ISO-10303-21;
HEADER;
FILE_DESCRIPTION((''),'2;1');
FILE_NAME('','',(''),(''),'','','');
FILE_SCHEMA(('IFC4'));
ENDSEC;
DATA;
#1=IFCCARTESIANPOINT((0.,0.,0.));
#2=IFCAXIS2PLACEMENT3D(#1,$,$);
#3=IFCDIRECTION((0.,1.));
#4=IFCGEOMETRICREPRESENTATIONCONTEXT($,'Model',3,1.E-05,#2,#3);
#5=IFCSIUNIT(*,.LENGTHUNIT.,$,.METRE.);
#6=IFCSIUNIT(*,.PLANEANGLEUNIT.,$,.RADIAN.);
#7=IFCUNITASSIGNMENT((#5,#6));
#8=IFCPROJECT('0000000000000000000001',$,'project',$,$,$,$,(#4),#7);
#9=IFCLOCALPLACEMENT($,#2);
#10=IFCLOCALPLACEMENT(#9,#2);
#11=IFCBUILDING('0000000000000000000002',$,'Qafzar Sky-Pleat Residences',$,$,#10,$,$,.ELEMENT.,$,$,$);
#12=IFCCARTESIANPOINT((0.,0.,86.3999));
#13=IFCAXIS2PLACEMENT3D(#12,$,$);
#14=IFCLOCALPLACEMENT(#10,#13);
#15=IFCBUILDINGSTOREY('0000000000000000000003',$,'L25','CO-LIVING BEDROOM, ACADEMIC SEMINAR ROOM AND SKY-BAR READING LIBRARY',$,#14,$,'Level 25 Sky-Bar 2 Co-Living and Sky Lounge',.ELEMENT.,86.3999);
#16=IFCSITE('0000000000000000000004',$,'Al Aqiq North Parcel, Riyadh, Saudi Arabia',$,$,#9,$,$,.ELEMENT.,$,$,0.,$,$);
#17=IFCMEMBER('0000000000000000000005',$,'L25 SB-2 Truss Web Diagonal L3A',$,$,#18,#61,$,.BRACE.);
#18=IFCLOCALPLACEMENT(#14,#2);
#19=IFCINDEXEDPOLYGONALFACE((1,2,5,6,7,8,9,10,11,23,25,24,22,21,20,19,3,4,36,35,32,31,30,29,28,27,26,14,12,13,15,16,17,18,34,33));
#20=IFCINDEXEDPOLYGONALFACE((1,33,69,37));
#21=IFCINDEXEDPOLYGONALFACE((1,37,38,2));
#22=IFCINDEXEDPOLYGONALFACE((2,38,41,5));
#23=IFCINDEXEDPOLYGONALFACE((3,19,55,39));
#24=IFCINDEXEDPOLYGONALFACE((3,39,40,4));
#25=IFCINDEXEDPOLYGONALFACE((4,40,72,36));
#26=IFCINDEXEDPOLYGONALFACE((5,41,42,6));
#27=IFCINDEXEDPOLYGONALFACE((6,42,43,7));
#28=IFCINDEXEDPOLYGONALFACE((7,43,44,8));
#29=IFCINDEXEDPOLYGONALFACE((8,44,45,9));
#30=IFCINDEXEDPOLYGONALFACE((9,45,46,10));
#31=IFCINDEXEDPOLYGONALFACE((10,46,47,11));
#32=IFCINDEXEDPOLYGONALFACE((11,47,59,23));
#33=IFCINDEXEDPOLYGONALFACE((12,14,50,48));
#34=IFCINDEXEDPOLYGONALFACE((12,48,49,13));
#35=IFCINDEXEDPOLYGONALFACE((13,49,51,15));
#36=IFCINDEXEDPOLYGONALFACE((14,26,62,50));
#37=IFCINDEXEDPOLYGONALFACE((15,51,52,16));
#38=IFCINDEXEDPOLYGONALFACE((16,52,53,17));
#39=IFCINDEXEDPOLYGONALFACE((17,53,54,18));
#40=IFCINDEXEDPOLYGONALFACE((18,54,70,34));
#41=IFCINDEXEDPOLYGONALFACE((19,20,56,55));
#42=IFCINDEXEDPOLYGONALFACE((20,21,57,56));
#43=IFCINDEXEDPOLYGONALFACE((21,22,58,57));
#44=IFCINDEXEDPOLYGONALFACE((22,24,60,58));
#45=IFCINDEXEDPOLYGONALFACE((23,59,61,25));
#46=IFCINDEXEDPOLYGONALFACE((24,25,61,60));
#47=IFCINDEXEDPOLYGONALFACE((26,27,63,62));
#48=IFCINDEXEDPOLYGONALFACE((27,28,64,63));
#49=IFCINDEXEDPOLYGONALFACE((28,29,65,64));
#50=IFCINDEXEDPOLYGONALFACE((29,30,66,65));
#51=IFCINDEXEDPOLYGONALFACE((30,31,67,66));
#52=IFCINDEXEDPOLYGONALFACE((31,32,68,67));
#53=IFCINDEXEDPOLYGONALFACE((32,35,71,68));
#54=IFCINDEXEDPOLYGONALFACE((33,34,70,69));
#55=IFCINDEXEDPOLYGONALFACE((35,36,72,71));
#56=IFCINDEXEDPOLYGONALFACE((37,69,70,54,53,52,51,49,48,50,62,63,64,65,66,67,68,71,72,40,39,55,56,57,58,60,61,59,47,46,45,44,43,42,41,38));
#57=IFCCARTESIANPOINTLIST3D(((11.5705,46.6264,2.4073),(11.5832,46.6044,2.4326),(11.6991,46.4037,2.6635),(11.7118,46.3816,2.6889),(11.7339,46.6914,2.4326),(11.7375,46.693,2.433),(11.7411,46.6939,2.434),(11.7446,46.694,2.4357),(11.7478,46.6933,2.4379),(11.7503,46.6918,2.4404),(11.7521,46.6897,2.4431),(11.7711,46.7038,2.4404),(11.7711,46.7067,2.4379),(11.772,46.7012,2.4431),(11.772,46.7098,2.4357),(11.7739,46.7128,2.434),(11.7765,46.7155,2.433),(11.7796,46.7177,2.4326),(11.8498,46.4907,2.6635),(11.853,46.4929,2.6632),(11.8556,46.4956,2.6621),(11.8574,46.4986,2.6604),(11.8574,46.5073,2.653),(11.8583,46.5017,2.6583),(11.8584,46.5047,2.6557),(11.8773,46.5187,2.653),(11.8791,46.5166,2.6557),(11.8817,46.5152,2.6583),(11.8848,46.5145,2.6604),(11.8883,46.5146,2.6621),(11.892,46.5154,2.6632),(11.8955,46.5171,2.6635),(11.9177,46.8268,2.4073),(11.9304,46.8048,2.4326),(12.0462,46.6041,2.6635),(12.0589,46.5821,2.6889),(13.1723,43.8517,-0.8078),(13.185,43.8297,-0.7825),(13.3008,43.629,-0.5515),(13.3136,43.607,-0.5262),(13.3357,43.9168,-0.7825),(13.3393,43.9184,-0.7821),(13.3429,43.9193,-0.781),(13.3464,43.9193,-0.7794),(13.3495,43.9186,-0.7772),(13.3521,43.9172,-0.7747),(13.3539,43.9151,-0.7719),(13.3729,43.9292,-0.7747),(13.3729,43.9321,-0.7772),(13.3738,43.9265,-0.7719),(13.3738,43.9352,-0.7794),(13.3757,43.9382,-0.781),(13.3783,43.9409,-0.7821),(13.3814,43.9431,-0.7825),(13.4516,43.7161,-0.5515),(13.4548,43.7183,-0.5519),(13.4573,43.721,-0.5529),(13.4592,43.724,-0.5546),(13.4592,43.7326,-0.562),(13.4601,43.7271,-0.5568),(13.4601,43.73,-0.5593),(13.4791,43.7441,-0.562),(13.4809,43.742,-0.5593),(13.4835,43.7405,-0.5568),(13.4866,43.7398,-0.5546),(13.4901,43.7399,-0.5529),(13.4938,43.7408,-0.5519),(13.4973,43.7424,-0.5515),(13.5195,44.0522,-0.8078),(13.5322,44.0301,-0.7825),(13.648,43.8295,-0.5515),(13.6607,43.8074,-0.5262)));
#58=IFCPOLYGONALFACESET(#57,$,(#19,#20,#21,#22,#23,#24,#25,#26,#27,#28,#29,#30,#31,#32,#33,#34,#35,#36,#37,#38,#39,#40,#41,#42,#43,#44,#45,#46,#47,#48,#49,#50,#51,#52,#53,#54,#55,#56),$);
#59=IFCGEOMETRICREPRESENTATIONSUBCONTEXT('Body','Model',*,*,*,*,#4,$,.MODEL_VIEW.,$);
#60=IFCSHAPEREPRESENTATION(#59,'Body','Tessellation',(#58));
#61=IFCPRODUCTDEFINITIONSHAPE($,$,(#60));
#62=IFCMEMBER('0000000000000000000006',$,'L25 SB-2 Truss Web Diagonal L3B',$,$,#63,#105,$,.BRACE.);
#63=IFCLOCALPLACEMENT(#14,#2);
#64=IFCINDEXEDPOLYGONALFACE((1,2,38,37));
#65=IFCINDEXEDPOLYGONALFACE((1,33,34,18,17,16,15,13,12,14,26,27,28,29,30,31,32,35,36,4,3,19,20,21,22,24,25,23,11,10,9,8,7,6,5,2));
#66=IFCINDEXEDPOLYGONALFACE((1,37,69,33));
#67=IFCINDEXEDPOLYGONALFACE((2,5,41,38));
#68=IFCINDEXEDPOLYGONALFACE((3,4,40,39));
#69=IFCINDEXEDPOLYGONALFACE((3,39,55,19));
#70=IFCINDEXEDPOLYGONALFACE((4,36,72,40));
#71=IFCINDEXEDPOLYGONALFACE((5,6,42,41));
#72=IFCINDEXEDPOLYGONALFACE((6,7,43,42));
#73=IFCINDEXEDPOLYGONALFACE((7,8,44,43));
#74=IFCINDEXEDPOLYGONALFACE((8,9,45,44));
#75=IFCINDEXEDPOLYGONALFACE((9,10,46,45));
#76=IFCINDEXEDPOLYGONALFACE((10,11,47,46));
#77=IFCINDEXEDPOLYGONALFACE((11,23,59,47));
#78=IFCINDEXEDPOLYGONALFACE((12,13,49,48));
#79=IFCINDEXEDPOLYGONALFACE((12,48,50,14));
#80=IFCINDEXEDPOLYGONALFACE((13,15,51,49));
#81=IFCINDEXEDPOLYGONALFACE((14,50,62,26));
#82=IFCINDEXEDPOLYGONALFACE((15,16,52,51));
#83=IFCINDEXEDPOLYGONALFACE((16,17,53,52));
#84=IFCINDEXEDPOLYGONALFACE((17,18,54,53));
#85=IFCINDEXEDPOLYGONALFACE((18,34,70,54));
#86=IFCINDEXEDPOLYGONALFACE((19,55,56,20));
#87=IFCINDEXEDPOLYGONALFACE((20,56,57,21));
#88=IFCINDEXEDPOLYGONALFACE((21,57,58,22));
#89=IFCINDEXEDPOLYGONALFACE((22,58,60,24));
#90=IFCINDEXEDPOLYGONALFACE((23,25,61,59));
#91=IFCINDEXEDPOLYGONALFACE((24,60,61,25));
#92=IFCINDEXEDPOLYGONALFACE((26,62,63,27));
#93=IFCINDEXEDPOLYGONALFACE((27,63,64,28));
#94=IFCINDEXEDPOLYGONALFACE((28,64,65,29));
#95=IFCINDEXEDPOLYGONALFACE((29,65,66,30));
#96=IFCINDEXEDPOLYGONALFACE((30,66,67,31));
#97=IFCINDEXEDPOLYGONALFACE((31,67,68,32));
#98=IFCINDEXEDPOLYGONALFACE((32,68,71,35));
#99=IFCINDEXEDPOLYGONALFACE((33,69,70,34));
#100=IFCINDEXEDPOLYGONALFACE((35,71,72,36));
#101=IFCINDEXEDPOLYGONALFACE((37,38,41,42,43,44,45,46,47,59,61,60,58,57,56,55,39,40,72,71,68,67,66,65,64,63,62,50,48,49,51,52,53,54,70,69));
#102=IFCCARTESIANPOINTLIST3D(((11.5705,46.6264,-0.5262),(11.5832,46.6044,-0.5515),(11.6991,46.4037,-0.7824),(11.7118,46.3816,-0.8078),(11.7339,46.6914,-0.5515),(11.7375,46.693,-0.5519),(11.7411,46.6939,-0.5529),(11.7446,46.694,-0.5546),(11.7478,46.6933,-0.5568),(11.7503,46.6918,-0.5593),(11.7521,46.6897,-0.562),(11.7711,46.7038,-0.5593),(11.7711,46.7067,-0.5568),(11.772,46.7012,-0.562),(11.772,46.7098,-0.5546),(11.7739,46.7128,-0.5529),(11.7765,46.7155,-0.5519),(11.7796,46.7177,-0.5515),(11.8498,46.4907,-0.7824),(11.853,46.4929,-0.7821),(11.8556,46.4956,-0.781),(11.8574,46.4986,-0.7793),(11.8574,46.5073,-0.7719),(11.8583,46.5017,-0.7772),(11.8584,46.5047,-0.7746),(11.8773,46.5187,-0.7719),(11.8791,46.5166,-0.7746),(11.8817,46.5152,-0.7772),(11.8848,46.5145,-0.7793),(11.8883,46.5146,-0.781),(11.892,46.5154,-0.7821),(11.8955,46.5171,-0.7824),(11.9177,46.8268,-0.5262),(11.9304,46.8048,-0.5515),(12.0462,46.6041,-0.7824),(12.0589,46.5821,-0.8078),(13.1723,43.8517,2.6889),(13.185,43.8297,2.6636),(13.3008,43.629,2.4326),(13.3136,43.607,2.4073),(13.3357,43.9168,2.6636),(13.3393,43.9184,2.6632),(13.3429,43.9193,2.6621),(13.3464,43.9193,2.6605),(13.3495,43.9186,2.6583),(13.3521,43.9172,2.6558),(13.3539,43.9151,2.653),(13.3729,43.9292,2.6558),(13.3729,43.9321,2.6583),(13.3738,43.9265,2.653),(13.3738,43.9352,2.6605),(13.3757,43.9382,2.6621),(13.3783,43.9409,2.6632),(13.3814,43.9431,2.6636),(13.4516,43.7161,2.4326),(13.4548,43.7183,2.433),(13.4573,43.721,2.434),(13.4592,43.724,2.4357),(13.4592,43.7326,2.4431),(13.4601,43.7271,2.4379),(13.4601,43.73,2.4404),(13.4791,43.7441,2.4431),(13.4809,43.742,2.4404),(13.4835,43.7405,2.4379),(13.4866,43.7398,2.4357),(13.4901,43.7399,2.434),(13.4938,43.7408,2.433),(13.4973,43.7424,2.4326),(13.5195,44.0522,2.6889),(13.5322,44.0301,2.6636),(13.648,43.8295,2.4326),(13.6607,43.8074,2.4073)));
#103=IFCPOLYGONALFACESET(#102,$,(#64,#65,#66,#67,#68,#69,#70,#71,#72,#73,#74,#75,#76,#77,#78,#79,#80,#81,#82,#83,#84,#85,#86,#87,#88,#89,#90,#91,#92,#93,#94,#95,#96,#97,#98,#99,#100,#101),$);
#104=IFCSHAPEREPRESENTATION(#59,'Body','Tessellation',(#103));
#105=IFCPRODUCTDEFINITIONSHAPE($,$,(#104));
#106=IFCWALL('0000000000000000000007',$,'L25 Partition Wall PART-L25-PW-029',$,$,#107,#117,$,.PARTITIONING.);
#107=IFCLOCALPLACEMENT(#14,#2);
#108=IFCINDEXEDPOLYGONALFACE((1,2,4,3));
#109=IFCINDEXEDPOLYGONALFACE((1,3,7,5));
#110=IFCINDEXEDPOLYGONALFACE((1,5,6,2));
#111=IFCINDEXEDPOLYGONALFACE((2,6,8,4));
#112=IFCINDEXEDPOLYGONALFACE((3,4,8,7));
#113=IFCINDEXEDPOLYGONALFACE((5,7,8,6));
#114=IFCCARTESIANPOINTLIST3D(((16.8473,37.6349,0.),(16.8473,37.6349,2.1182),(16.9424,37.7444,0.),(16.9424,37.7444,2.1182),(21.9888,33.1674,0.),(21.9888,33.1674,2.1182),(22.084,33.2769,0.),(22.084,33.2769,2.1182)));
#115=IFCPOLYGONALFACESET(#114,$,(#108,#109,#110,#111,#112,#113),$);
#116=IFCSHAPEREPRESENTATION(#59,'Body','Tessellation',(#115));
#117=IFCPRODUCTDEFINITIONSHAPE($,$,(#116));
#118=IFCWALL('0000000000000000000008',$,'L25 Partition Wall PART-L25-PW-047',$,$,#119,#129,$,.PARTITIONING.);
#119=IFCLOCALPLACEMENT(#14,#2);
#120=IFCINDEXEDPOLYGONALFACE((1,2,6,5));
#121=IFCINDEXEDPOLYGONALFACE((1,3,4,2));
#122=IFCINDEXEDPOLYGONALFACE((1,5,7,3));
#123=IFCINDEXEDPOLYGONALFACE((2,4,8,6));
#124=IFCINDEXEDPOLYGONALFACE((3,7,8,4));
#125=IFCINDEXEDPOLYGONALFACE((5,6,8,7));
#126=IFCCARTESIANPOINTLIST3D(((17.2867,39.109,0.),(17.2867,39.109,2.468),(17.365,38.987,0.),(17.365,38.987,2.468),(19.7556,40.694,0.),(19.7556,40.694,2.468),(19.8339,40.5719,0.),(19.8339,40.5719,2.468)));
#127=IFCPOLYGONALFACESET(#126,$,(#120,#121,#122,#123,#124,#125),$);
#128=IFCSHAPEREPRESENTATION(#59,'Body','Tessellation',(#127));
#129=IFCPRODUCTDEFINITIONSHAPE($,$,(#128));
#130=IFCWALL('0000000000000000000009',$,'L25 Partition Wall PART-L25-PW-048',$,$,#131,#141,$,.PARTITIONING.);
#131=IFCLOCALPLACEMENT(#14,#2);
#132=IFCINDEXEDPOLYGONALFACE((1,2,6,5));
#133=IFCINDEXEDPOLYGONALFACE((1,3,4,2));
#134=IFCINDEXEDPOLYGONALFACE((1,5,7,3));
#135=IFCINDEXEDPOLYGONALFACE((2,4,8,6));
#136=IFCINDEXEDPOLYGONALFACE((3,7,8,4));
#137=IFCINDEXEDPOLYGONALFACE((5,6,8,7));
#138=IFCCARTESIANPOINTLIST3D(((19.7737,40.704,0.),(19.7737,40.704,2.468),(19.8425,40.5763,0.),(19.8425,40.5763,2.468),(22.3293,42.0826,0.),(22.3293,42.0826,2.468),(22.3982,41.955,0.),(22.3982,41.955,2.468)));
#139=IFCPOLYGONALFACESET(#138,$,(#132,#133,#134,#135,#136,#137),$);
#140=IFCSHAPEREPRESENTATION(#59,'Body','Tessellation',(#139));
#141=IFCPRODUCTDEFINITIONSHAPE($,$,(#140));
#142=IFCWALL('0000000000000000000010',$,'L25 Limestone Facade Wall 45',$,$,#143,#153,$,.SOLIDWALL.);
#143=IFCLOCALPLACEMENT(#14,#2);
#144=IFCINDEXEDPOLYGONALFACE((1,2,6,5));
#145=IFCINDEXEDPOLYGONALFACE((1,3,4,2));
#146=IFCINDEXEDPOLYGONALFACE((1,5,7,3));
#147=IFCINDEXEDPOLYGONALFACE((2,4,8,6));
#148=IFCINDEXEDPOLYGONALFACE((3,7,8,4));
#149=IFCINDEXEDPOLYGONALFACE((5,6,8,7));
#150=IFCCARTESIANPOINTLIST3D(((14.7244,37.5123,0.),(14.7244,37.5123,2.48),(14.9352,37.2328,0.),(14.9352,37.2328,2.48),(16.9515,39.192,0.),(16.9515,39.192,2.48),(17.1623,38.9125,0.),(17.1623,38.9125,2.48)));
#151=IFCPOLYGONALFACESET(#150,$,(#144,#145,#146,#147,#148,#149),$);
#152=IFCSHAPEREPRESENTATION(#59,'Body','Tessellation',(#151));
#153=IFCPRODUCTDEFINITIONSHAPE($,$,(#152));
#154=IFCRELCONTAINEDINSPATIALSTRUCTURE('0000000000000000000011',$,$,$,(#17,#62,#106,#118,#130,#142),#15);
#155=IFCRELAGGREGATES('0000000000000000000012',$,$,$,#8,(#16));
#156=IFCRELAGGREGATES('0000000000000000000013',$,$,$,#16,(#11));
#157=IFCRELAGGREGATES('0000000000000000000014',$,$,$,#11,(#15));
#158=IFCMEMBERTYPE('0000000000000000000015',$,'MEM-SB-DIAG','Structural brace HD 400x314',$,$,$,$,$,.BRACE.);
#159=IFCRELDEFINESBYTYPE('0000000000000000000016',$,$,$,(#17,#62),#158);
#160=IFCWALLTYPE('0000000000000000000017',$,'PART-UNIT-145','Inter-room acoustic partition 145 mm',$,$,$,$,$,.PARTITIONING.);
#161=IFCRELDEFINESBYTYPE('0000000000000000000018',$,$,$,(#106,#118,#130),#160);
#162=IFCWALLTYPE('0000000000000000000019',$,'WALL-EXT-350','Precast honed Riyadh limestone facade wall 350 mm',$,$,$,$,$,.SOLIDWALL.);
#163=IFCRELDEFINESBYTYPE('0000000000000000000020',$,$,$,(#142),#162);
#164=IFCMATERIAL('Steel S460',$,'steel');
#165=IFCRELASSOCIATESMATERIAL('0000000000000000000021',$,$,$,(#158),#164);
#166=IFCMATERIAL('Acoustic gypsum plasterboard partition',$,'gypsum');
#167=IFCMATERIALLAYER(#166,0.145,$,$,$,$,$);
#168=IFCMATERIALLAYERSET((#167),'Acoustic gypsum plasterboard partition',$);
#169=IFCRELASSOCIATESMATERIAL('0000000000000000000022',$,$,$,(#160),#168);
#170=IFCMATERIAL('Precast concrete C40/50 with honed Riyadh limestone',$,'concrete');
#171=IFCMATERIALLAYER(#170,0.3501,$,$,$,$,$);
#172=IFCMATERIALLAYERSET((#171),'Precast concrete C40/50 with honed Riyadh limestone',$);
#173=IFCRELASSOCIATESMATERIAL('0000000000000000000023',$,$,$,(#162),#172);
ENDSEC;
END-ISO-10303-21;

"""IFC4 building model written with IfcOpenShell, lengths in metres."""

from ifc_helpers import new_model, si_unit, direction, frame, frame_2d, origin, origin_2d, place, context, subcontext, project, spatial, rectangle, i_section, extrude, source, transform, mapped, material, layer, layer_set, material_profile, profile_set, type_object, element, save


model = new_model("IFC4")

# Units and contexts
model_context = context("Model", 3, precision=1e-05, world=origin(), true_north=direction((0.0, 1.0)))
body_context = subcontext(model_context, "Body", "Model", "MODEL_VIEW")
ifc_project = project(units=[si_unit("LENGTHUNIT", "METRE"), si_unit("PLANEANGLEUNIT", "RADIAN")], contexts=[model_context])

# Site, building, storey
site_placement = place(None, origin())
site = spatial("IfcSite", under=ifc_project, at=site_placement, Name="Al Aqiq North Parcel, Riyadh, Saudi Arabia", CompositionType="ELEMENT", RefElevation=0.0)
building_placement = place(site_placement, origin())
building = spatial("IfcBuilding", under=site, at=building_placement, Name="Qafzar Sky-Pleat Residences", CompositionType="ELEMENT")
storey_placement = place(building_placement, frame((0.0, 0.0, 86.3999)))
storey = spatial("IfcBuildingStorey", under=building, at=storey_placement, Name="L25", Description="CO-LIVING BEDROOM, ACADEMIC SEMINAR ROOM AND SKY-BAR READING LIBRARY", LongName="Level 25 Sky-Bar 2 Co-Living and Sky Lounge", CompositionType="ELEMENT", Elevation=86.3999)

# Shared definitions
ifc_material_1 = material(Name="Steel S460", Category="steel")

# Members
ifc_material_profile_1 = material_profile(ifc_material_1, i_section(OverallWidth=0.4009, OverallDepth=0.3989, WebThickness=0.0229, FlangeThickness=0.0359, FilletRadius=0.0149, at=origin_2d()), Name="HD 400x314")
ifc_profile_set_1 = profile_set([ifc_material_profile_1], Name="Steel S460")
member_type = type_object("IfcMemberType", Name="MEM-SB-DIAG", Description="Structural brace HD 400x314", PredefinedType="BRACE", material=ifc_profile_set_1)
shared_shape_1 = source(origin(), body_context, "Body", "SweptSolid", [
    extrude(i_section(OverallWidth=0.4009, OverallDepth=0.3989, WebThickness=0.0229, FlangeThickness=0.0359, FilletRadius=0.0149, at=origin_2d()), origin(), (0.0, 0.0, 1.0), 4.5388),
])
for number, where, z_axis, x_axis, name in (
    (1, (13.4165, 43.8296, -0.667), (-0.352909, 0.611311, 0.708346), (-0.866045, -0.499967, 0.0), "L25 SB-2 Truss Web Diagonal L3A"),
    (2, (13.4165, 43.8296, 2.5481), (-0.352909, 0.611311, -0.708346), (-0.866045, -0.499967, 0.0), "L25 SB-2 Truss Web Diagonal L3B"),
):
    element("IfcMember", number, at=place(storey_placement, frame(where, z_axis=z_axis, x_axis=x_axis)), inside=storey, type_object=member_type, Name=name, PredefinedType="BRACE", context=body_context, shape_type="MappedRepresentation", body=[
        mapped(shared_shape_1, transform((0.0, 0.0, 0.0), x_axis=(1.0, 0.0, 0.0), y_axis=(0.0, 1.0, 0.0), z_axis=(0.0, 0.0, 1.0), scale=1.0)),
    ])

# Walls
ifc_material_2 = material(Name="Acoustic gypsum plasterboard partition", Category="gypsum")
ifc_layer_1 = layer(ifc_material_2, 0.145)
ifc_layer_set_1 = layer_set([ifc_layer_1], Name="Acoustic gypsum plasterboard partition")
wall_type_1 = type_object("IfcWallType", Name="PART-UNIT-145", Description="Inter-room acoustic partition 145 mm", PredefinedType="PARTITIONING", material=ifc_layer_set_1)
wall_1_placement = place(storey_placement, frame((16.8948, 37.6897, 0.0), z_axis=(0.0, 0.0, 1.0), x_axis=(0.754855, -0.655892, 0.0)))
element("IfcWall", 3, at=wall_1_placement, inside=storey, type_object=wall_type_1, Name="L25 Partition Wall PART-L25-PW-029", PredefinedType="PARTITIONING", context=body_context, shape_type="SweptSolid", body=[
    extrude(rectangle(XDim=6.8113, YDim=0.145, at=frame_2d((3.4058, 0.0))), origin(), (0.0, 0.0, 1.0), 2.1182),
])
wall_2_placement = place(storey_placement, frame((17.3259, 39.0481, 0.0), z_axis=(0.0, 0.0, 1.0), x_axis=(0.841527, 0.540215, 0.0)))
element("IfcWall", 4, at=wall_2_placement, inside=storey, type_object=wall_type_1, Name="L25 Partition Wall PART-L25-PW-047", PredefinedType="PARTITIONING", context=body_context, shape_type="SweptSolid", body=[
    extrude(rectangle(XDim=2.9338, YDim=0.145, at=frame_2d((1.4668, 0.0))), origin(), (0.0, 0.0, 1.0), 2.468),
])
wall_3_placement = place(storey_placement, frame((19.8081, 40.6401, 0.0), z_axis=(0.0, 0.0, 1.0), x_axis=(0.880106, 0.474777, 0.0)))
element("IfcWall", 5, at=wall_3_placement, inside=storey, type_object=wall_type_1, Name="L25 Partition Wall PART-L25-PW-048", PredefinedType="PARTITIONING", context=body_context, shape_type="SweptSolid", body=[
    extrude(rectangle(XDim=2.9038, YDim=0.145, at=frame_2d((1.4519, 0.0))), origin(), (0.0, 0.0, 1.0), 2.468),
])
ifc_material_3 = material(Name="Precast concrete C40/50 with honed Riyadh limestone", Category="concrete")
ifc_layer_2 = layer(ifc_material_3, 0.3501)
ifc_layer_set_2 = layer_set([ifc_layer_2], Name="Precast concrete C40/50 with honed Riyadh limestone")
wall_type_2 = type_object("IfcWallType", Name="WALL-EXT-350", Description="Precast honed Riyadh limestone facade wall 350 mm", PredefinedType="SOLIDWALL", material=ifc_layer_set_2)
wall_4_placement = place(storey_placement, frame((17.0569, 39.0522, 0.0), z_axis=(0.0, 0.0, 1.0), x_axis=(-0.79838, -0.602154, 0.0)))
element("IfcWall", 6, at=wall_4_placement, inside=storey, type_object=wall_type_2, Name="L25 Limestone Facade Wall 45", PredefinedType="SOLIDWALL", context=body_context, shape_type="SweptSolid", body=[
    extrude(rectangle(XDim=2.7896, YDim=0.3501, at=frame_2d((1.3948, 0.0))), origin(), (0.0, 0.0, 1.0), 2.48),
])

save(model, "model.ifc")
